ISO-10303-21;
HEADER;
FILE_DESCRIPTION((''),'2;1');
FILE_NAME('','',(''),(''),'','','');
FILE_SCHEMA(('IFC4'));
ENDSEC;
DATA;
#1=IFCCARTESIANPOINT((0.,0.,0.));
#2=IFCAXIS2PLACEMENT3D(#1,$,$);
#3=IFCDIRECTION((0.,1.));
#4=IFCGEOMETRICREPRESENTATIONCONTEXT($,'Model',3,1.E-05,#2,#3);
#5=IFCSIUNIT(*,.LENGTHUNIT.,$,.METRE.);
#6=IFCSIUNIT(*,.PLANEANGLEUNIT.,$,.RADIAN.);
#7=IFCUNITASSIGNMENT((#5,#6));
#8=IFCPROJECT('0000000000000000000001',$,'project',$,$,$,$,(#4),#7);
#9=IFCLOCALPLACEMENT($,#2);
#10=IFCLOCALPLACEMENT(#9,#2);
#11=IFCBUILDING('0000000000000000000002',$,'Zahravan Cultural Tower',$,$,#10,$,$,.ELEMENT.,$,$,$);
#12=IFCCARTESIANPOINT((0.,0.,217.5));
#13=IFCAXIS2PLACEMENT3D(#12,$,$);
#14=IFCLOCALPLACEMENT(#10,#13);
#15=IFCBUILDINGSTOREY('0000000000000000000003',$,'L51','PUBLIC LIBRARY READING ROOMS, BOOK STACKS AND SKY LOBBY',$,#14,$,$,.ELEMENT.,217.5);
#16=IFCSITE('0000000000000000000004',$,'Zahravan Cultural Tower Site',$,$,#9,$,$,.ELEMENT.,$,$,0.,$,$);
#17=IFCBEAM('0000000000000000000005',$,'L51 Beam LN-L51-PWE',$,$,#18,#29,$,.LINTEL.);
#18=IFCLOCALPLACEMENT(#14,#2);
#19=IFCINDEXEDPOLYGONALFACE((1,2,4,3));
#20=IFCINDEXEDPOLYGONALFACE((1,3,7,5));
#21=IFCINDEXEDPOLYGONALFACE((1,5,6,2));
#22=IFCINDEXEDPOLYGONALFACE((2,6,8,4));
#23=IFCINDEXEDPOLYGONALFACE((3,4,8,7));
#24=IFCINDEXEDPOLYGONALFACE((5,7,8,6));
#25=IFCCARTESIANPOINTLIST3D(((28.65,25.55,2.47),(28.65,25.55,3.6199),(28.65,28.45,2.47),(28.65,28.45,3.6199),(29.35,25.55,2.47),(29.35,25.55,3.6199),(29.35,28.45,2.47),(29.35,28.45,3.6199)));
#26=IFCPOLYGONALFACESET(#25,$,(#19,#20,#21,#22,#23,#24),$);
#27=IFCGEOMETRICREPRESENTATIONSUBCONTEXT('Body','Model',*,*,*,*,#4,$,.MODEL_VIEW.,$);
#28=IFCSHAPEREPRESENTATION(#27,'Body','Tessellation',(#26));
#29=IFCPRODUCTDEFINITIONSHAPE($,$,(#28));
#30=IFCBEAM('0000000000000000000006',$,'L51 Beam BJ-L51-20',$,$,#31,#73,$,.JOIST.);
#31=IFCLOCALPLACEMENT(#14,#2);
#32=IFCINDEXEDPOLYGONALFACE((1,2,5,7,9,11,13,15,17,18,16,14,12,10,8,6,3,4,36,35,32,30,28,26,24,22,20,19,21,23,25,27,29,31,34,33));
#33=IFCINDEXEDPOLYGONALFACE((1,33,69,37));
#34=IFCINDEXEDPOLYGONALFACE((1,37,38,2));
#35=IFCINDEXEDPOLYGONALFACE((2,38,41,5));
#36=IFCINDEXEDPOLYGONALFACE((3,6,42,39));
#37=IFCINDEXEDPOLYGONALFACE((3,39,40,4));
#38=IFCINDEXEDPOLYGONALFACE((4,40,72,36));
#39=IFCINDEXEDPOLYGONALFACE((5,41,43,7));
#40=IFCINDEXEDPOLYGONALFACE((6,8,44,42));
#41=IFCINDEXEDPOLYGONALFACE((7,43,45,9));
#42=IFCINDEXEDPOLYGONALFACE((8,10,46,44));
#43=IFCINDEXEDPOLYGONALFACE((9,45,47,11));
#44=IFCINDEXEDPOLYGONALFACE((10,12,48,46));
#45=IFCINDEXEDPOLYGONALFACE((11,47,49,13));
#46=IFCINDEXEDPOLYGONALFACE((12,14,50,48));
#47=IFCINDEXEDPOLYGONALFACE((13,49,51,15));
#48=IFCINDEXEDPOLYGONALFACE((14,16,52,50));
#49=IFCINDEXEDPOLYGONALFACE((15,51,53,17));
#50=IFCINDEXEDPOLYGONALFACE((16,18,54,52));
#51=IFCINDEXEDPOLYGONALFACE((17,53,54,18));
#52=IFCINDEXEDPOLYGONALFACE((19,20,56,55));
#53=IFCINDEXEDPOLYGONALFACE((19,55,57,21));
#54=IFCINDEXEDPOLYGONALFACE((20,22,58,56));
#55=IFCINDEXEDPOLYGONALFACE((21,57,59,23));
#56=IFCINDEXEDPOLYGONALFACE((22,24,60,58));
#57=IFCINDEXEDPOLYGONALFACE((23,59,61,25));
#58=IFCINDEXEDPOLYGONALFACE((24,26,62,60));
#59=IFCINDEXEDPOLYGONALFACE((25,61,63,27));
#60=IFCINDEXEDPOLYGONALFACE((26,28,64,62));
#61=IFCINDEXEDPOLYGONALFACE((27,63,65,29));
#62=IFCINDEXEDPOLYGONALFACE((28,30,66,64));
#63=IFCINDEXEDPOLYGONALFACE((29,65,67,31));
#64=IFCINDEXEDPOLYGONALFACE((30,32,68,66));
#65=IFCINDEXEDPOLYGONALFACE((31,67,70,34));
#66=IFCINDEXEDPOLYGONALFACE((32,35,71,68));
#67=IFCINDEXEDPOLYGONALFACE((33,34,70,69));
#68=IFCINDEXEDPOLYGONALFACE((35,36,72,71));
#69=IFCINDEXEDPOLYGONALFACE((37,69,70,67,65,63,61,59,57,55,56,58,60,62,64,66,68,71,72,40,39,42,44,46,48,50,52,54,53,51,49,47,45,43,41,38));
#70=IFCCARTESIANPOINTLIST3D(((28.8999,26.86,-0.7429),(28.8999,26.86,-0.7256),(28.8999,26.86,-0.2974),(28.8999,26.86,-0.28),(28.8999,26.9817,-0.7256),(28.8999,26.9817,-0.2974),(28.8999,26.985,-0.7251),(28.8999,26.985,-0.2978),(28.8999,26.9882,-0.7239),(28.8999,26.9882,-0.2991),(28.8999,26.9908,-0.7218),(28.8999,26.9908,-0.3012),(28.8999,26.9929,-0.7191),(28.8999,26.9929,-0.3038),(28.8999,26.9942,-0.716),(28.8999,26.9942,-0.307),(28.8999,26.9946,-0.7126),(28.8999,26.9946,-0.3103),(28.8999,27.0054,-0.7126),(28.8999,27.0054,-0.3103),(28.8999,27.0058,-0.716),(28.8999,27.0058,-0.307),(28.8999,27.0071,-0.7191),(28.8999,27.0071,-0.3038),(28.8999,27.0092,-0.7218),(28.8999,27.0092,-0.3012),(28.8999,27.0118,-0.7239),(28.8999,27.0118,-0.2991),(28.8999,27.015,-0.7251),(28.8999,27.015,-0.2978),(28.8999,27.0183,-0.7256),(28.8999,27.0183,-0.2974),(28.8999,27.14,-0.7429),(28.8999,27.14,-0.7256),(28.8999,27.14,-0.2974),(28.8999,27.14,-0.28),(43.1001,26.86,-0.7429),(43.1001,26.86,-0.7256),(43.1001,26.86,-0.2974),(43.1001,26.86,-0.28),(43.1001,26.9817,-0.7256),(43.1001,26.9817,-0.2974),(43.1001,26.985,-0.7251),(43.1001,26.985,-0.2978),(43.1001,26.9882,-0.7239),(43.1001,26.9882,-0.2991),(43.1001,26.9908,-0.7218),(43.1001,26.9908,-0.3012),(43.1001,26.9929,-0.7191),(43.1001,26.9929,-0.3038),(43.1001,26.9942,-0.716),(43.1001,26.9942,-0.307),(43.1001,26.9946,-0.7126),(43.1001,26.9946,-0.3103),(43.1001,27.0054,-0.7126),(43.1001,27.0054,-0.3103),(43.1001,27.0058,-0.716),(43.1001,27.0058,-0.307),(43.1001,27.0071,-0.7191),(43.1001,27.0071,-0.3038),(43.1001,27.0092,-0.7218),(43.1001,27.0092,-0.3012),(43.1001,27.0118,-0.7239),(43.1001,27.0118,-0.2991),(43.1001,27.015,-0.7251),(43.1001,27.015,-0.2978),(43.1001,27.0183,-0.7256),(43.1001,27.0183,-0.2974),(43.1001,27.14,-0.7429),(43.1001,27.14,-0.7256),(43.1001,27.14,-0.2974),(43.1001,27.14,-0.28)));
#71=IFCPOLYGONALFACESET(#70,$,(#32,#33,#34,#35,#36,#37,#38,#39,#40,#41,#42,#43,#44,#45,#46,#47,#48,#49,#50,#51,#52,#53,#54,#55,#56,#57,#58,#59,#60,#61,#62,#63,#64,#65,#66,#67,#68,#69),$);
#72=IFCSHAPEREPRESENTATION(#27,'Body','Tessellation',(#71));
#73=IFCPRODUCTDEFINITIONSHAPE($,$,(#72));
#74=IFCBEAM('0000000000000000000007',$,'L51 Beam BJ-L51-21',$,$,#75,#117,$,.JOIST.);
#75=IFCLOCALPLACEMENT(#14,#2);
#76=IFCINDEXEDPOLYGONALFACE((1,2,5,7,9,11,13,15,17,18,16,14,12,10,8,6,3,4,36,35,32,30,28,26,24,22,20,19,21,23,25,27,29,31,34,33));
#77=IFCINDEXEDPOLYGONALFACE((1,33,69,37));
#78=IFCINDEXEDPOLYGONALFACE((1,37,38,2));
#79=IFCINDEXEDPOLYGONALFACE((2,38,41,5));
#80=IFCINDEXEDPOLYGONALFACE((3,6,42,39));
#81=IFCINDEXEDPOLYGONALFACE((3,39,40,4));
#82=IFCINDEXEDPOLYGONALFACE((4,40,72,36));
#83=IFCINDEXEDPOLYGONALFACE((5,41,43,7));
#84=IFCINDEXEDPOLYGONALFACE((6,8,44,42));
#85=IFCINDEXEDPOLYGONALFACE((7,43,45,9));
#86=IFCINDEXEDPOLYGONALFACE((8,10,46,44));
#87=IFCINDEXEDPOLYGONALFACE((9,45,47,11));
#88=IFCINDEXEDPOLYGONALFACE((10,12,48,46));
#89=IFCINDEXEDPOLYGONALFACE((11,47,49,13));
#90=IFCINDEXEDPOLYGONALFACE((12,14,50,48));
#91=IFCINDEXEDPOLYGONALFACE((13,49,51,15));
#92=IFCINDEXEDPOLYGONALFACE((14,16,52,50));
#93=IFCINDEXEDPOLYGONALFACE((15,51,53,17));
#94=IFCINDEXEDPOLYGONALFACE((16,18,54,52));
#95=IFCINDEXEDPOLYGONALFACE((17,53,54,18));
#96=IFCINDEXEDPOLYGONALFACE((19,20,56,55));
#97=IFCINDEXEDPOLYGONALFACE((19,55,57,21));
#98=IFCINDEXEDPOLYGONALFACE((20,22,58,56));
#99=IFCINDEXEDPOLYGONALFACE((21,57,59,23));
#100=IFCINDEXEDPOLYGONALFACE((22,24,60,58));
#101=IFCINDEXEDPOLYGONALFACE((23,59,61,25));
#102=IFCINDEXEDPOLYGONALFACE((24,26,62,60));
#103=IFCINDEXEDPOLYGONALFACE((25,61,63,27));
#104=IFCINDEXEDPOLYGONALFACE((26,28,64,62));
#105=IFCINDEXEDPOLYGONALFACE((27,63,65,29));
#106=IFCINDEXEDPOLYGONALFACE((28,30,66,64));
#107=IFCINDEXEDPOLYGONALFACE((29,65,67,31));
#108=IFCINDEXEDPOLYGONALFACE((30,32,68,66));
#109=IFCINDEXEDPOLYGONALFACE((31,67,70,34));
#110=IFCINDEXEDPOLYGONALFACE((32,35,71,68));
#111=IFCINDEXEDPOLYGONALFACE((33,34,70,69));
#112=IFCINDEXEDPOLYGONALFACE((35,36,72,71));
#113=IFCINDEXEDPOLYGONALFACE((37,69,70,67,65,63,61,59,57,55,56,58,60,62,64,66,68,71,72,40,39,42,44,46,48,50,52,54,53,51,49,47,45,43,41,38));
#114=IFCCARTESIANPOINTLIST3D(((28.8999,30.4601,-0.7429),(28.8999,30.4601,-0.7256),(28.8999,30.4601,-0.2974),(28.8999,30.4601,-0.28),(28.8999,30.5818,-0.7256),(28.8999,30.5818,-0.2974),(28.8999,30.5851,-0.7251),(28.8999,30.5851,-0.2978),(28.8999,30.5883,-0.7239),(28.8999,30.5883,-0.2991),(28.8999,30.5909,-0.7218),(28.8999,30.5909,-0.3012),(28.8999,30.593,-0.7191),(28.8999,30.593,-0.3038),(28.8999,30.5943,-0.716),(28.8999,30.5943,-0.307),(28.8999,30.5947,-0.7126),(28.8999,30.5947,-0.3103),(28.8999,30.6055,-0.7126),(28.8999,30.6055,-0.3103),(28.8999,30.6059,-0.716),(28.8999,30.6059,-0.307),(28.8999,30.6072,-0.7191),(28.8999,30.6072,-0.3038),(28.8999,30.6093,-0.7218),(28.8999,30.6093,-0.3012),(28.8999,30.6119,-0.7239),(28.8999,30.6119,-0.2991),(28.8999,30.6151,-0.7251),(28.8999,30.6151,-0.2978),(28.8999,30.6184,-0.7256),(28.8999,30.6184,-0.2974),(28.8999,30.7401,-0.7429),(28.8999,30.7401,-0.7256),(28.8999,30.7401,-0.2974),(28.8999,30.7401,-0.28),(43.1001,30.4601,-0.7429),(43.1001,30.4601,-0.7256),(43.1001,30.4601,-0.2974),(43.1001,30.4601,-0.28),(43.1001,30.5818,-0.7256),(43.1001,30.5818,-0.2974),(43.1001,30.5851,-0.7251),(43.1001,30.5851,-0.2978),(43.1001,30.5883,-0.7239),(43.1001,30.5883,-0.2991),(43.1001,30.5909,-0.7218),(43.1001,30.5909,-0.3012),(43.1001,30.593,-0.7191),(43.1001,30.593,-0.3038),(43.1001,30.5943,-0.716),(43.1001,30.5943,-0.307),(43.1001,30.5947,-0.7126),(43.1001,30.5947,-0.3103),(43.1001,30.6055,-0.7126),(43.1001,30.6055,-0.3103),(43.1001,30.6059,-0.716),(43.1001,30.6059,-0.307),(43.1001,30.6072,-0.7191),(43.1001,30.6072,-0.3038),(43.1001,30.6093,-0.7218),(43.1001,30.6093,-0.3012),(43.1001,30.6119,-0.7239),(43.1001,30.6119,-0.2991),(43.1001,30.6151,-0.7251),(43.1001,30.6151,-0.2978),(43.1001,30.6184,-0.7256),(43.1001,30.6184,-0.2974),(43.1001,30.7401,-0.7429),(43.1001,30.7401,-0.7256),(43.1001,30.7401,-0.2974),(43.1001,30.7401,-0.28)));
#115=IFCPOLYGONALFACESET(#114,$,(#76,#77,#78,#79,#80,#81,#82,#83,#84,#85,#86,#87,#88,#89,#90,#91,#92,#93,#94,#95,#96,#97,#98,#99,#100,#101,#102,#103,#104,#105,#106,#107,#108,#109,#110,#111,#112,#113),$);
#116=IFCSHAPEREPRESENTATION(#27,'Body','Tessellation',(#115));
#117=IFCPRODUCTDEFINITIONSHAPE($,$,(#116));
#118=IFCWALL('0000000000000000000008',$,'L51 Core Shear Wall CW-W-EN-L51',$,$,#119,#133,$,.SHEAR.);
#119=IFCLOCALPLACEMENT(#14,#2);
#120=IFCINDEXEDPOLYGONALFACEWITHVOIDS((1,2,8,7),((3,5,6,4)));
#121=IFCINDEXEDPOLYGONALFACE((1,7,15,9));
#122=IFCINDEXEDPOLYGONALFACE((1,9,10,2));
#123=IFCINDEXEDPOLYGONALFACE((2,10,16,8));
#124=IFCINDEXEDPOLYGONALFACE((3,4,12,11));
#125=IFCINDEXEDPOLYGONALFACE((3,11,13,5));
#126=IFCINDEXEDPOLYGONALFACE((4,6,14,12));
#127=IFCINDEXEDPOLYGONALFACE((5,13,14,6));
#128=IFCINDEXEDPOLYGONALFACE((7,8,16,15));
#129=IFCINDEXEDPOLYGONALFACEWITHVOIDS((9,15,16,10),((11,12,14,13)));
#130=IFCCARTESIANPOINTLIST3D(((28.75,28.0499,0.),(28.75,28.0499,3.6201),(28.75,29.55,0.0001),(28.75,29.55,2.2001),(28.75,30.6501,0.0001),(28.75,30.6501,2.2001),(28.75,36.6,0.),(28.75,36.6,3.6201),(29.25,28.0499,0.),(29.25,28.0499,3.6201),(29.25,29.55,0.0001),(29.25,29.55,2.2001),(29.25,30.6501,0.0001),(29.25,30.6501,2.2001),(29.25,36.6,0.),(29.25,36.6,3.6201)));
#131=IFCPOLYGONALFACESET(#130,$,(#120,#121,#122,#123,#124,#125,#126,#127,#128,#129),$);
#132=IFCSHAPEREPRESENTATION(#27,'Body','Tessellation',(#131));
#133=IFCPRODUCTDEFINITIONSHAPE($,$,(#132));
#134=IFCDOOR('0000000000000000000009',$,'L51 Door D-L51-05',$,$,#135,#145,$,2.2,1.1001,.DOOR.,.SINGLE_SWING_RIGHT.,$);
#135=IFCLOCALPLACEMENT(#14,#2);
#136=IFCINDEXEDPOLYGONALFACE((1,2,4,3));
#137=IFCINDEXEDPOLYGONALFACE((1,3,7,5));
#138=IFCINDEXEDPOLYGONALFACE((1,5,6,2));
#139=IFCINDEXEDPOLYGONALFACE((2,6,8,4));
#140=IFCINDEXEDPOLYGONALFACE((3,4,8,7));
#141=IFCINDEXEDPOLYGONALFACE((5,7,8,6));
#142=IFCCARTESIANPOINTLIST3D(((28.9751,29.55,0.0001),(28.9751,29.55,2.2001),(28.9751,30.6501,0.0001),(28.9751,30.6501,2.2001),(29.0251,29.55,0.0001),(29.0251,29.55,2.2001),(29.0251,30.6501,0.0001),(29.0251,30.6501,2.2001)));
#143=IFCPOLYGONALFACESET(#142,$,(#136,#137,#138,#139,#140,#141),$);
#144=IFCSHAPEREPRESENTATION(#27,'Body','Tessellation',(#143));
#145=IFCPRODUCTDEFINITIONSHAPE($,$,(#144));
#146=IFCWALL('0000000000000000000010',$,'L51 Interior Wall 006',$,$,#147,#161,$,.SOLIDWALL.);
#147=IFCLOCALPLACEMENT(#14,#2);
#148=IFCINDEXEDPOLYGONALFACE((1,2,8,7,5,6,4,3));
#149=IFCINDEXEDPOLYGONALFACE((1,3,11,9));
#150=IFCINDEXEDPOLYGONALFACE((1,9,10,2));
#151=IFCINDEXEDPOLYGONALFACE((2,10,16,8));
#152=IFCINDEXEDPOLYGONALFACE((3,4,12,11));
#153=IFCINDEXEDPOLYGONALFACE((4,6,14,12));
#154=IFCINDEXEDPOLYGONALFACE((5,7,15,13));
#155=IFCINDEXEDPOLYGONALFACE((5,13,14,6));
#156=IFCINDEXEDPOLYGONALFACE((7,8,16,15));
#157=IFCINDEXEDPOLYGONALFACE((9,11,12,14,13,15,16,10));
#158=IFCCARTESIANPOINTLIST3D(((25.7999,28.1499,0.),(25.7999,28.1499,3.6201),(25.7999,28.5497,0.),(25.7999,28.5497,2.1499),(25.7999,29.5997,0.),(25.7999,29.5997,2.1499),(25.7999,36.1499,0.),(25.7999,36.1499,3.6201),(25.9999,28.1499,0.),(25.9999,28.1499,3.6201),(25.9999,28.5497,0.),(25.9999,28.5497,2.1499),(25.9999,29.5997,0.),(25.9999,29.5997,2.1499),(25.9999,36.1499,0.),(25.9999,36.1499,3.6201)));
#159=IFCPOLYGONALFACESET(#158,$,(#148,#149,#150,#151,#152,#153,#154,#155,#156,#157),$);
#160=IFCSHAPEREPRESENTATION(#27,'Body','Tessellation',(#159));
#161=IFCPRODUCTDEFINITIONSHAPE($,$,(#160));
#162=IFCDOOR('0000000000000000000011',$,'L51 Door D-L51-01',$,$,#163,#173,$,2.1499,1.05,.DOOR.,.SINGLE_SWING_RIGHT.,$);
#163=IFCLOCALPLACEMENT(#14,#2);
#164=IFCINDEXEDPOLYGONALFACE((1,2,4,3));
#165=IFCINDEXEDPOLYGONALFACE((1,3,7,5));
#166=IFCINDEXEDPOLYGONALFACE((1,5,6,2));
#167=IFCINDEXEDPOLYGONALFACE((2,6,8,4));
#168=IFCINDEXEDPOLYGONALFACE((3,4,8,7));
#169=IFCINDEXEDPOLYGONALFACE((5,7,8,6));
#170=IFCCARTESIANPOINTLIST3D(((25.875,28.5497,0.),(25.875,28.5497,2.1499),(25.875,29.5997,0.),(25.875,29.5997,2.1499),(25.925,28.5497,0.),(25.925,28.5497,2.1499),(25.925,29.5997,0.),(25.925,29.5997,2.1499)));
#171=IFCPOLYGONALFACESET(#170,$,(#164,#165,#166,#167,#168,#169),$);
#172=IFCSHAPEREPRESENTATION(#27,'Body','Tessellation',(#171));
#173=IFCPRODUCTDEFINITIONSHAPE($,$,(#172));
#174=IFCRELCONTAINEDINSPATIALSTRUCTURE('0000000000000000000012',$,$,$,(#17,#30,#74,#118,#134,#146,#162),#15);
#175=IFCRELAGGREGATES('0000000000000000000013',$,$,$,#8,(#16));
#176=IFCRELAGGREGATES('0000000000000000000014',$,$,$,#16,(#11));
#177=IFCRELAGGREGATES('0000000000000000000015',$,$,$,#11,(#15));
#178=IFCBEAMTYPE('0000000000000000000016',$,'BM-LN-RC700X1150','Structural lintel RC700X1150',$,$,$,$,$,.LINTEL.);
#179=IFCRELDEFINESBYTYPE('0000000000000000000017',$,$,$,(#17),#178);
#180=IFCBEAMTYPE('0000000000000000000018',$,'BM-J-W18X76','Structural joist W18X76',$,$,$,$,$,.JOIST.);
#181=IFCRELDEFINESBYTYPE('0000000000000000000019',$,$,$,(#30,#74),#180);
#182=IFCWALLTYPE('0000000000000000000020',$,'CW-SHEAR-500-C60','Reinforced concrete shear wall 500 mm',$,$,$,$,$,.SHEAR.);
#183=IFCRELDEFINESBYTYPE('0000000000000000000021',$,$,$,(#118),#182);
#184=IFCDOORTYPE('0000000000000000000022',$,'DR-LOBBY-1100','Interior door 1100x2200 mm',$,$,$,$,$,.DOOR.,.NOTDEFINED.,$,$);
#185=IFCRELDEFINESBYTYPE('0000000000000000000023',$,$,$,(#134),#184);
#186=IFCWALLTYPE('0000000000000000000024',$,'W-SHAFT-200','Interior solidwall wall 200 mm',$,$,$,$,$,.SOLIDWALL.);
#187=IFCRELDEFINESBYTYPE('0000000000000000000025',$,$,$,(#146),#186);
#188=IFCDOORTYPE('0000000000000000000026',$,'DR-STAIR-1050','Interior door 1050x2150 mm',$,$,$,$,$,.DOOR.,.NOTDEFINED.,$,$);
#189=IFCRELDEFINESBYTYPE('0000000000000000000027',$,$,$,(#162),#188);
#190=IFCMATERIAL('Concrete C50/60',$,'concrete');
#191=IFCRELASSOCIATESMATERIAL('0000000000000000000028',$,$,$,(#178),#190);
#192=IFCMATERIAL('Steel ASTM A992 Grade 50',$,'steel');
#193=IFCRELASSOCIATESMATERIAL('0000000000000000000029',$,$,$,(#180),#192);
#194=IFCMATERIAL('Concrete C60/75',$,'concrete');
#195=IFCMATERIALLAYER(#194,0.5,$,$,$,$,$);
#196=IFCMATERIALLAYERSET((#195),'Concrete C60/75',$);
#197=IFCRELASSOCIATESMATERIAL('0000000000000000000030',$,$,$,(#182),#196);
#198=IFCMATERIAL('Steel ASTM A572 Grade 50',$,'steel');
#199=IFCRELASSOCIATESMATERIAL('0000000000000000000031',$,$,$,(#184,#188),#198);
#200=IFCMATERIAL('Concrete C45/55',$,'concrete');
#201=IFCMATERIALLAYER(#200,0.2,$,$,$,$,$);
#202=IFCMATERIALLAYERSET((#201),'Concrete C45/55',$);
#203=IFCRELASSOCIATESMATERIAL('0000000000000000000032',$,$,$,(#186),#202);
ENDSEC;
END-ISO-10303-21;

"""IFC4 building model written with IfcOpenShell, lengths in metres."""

from ifc_helpers import new_model, si_unit, direction, frame, frame_2d, origin, origin_2d, place, context, subcontext, project, spatial, rectangle, i_section, extrude, source, transform, mapped, material, layer, layer_set, material_profile, profile_set, type_object, element, fill, save


model = new_model("IFC4")

# Units and contexts
model_context = context("Model", 3, precision=1e-05, world=origin(), true_north=direction((0.0, 1.0)))
body_context = subcontext(model_context, "Body", "Model", "MODEL_VIEW")
ifc_project = project(units=[si_unit("LENGTHUNIT", "METRE"), si_unit("PLANEANGLEUNIT", "RADIAN")], contexts=[model_context])

# Site, building, storey
site_placement = place(None, origin())
site = spatial("IfcSite", under=ifc_project, at=site_placement, Name="Zahravan Cultural Tower Site", CompositionType="ELEMENT", RefElevation=0.0)
building_placement = place(site_placement, origin())
building = spatial("IfcBuilding", under=site, at=building_placement, Name="Zahravan Cultural Tower", CompositionType="ELEMENT")
storey_placement = place(building_placement, frame((0.0, 0.0, 217.5)))
storey = spatial("IfcBuildingStorey", under=building, at=storey_placement, Name="L51", Description="PUBLIC LIBRARY READING ROOMS, BOOK STACKS AND SKY LOBBY", CompositionType="ELEMENT", Elevation=217.5)

# Beams
ifc_material_1 = material(Name="Concrete C50/60", Category="concrete")
ifc_material_profile_1 = material_profile(ifc_material_1, rectangle(XDim=0.7, YDim=1.1499, at=origin_2d()), Name="RC700X1150")
ifc_profile_set_1 = profile_set([ifc_material_profile_1], Name="Concrete C50/60")
beam_type_1 = type_object("IfcBeamType", Name="BM-LN-RC700X1150", Description="Structural lintel RC700X1150", PredefinedType="LINTEL", material=ifc_profile_set_1)
shared_shape_1 = source(origin(), body_context, "Body", "SweptSolid", [
    extrude(rectangle(XDim=0.7, YDim=1.1499, at=origin_2d()), origin(), (0.0, 0.0, 1.0), 2.8999),
])
beam_placement = place(storey_placement, frame((29.0, 25.55, 3.0449), z_axis=(0.0, 1.0, 0.0), x_axis=(-1.0, 0.0, 0.0)))
element("IfcBeam", 1, at=beam_placement, inside=storey, type_object=beam_type_1, Name="L51 Beam LN-L51-PWE", PredefinedType="LINTEL", context=body_context, shape_type="MappedRepresentation", body=[
    mapped(shared_shape_1, transform((0.0, 0.0, 0.0), x_axis=(1.0, 0.0, 0.0), y_axis=(0.0, 1.0, 0.0), z_axis=(0.0, 0.0, 1.0), scale=1.0)),
])
ifc_material_2 = material(Name="Steel ASTM A992 Grade 50", Category="steel")
ifc_material_profile_2 = material_profile(ifc_material_2, i_section(OverallWidth=0.28, OverallDepth=0.4629, WebThickness=0.0107, FlangeThickness=0.0173, FilletRadius=0.0129, at=origin_2d()), Name="W18X76")
ifc_profile_set_2 = profile_set([ifc_material_profile_2], Name="Steel ASTM A992 Grade 50")
beam_type_2 = type_object("IfcBeamType", Name="BM-J-W18X76", Description="Structural joist W18X76", PredefinedType="JOIST", material=ifc_profile_set_2)
shared_shape_2 = source(origin(), body_context, "Body", "SweptSolid", [
    extrude(i_section(OverallWidth=0.28, OverallDepth=0.4629, WebThickness=0.0107, FlangeThickness=0.0173, FilletRadius=0.0129, at=origin_2d()), origin(), (0.0, 0.0, 1.0), 14.2002),
])
for number, where, z_axis, x_axis, name in (
    (2, (28.8999, 27.0, -0.5115), (1.0, 0.0, 0.0), (0.0, 1.0, 0.0), "L51 Beam BJ-L51-20"),
    (3, (28.8999, 30.6001, -0.5115), (1.0, 0.0, 0.0), (0.0, 1.0, 0.0), "L51 Beam BJ-L51-21"),
):
    element("IfcBeam", number, at=place(storey_placement, frame(where, z_axis=z_axis, x_axis=x_axis)), inside=storey, type_object=beam_type_2, Name=name, PredefinedType="JOIST", context=body_context, shape_type="MappedRepresentation", body=[
        mapped(shared_shape_2, transform((0.0, 0.0, 0.0), x_axis=(1.0, 0.0, 0.0), y_axis=(0.0, 1.0, 0.0), z_axis=(0.0, 0.0, 1.0), scale=1.0)),
    ])

# Walls, openings, doors
ifc_material_3 = material(Name="Concrete C60/75", Category="concrete")
ifc_layer_1 = layer(ifc_material_3, 0.5)
ifc_layer_set_1 = layer_set([ifc_layer_1], Name="Concrete C60/75")
wall_type_1 = type_object("IfcWallType", Name="CW-SHEAR-500-C60", Description="Reinforced concrete shear wall 500 mm", PredefinedType="SHEAR", material=ifc_layer_set_1)
wall_1_placement = place(storey_placement, frame((29.0, 28.05, 0.0), z_axis=(0.0, 0.0, 1.0), x_axis=(0.0, 1.0, 0.0)))
wall_1 = element("IfcWall", 4, at=wall_1_placement, inside=storey, type_object=wall_type_1, Name="L51 Core Shear Wall CW-W-EN-L51", PredefinedType="SHEAR", context=body_context, shape_type="SweptSolid", body=[
    extrude(rectangle(XDim=8.55, YDim=0.5, at=frame_2d((4.2749, 0.0))), origin(), (0.0, 0.0, 1.0), 3.6201),
])
opening_1_placement = place(wall_1_placement, frame((1.5, 0.0, 0.0)))
opening_1 = element("IfcOpeningElement", 5, at=opening_1_placement, cuts=wall_1, PredefinedType="OPENING", context=body_context, shape_type="SweptSolid", body=[
    extrude(rectangle(XDim=1.1001, YDim=2.2, at=frame_2d((0.55, 1.1001))), frame((0.0, 0.26, 0.0), z_axis=(0.0, -1.0, 0.0), x_axis=(1.0, 0.0, 0.0)), (0.0, 0.0, 1.0), 0.52),
])
ifc_material_4 = material(Name="Steel ASTM A572 Grade 50", Category="steel")
door_type_1 = type_object("IfcDoorType", Name="DR-LOBBY-1100", Description="Interior door 1100x2200 mm", OperationType="NOTDEFINED", PredefinedType="DOOR", material=ifc_material_4)
shared_shape_3 = source(origin(), body_context, "Body", "SweptSolid", [
    extrude(rectangle(XDim=1.1001, YDim=2.2, at=frame_2d((0.55, 1.1001))), frame((0.0, 0.0249, 0.0), z_axis=(0.0, -1.0, 0.0), x_axis=(1.0, 0.0, 0.0)), (0.0, 0.0, 1.0), 0.05),
])
door_1_placement = place(opening_1_placement, origin())
door_1 = element("IfcDoor", 6, at=door_1_placement, inside=storey, type_object=door_type_1, Name="L51 Door D-L51-05", OperationType="SINGLE_SWING_RIGHT", OverallHeight=2.2, OverallWidth=1.1001, PredefinedType="DOOR", context=body_context, shape_type="MappedRepresentation", body=[
    mapped(shared_shape_3, transform((0.0, 0.0, 0.0), x_axis=(1.0, 0.0, 0.0), y_axis=(0.0, 1.0, 0.0), z_axis=(0.0, 0.0, 1.0), scale=1.0)),
])
fill(opening_1, door_1)
ifc_material_5 = material(Name="Concrete C45/55", Category="concrete")
ifc_layer_2 = layer(ifc_material_5, 0.2)
ifc_layer_set_2 = layer_set([ifc_layer_2], Name="Concrete C45/55")
wall_type_2 = type_object("IfcWallType", Name="W-SHAFT-200", Description="Interior solidwall wall 200 mm", PredefinedType="SOLIDWALL", material=ifc_layer_set_2)
wall_2_placement = place(storey_placement, frame((25.8999, 28.1499, 0.0), z_axis=(0.0, 0.0, 1.0), x_axis=(0.0, 1.0, 0.0)))
wall_2 = element("IfcWall", 7, at=wall_2_placement, inside=storey, type_object=wall_type_2, Name="L51 Interior Wall 006", PredefinedType="SOLIDWALL", context=body_context, shape_type="SweptSolid", body=[
    extrude(rectangle(XDim=8.0, YDim=0.2, at=frame_2d((4.0, 0.0))), origin(), (0.0, 0.0, 1.0), 3.6201),
])
opening_2_placement = place(wall_2_placement, frame((0.3999, 0.0, 0.0)))
opening_2 = element("IfcOpeningElement", 8, at=opening_2_placement, cuts=wall_2, PredefinedType="OPENING", context=body_context, shape_type="SweptSolid", body=[
    extrude(rectangle(XDim=1.05, YDim=2.1499, at=frame_2d((0.5249, 1.075))), frame((0.0, 0.1099, 0.0), z_axis=(0.0, -1.0, 0.0), x_axis=(1.0, 0.0, 0.0)), (0.0, 0.0, 1.0), 0.22),
])
door_type_2 = type_object("IfcDoorType", Name="DR-STAIR-1050", Description="Interior door 1050x2150 mm", OperationType="NOTDEFINED", PredefinedType="DOOR", material=ifc_material_4)
shared_shape_4 = source(origin(), body_context, "Body", "SweptSolid", [
    extrude(rectangle(XDim=1.05, YDim=2.1499, at=frame_2d((0.5249, 1.075))), frame((0.0, 0.0249, 0.0), z_axis=(0.0, -1.0, 0.0), x_axis=(1.0, 0.0, 0.0)), (0.0, 0.0, 1.0), 0.05),
])
door_2_placement = place(opening_2_placement, origin())
door_2 = element("IfcDoor", 9, at=door_2_placement, inside=storey, type_object=door_type_2, Name="L51 Door D-L51-01", OperationType="SINGLE_SWING_RIGHT", OverallHeight=2.1499, OverallWidth=1.05, PredefinedType="DOOR", context=body_context, shape_type="MappedRepresentation", body=[
    mapped(shared_shape_4, transform((0.0, 0.0, 0.0), x_axis=(1.0, 0.0, 0.0), y_axis=(0.0, 1.0, 0.0), z_axis=(0.0, 0.0, 1.0), scale=1.0)),
])
fill(opening_2, door_2)

save(model, "model.ifc")
